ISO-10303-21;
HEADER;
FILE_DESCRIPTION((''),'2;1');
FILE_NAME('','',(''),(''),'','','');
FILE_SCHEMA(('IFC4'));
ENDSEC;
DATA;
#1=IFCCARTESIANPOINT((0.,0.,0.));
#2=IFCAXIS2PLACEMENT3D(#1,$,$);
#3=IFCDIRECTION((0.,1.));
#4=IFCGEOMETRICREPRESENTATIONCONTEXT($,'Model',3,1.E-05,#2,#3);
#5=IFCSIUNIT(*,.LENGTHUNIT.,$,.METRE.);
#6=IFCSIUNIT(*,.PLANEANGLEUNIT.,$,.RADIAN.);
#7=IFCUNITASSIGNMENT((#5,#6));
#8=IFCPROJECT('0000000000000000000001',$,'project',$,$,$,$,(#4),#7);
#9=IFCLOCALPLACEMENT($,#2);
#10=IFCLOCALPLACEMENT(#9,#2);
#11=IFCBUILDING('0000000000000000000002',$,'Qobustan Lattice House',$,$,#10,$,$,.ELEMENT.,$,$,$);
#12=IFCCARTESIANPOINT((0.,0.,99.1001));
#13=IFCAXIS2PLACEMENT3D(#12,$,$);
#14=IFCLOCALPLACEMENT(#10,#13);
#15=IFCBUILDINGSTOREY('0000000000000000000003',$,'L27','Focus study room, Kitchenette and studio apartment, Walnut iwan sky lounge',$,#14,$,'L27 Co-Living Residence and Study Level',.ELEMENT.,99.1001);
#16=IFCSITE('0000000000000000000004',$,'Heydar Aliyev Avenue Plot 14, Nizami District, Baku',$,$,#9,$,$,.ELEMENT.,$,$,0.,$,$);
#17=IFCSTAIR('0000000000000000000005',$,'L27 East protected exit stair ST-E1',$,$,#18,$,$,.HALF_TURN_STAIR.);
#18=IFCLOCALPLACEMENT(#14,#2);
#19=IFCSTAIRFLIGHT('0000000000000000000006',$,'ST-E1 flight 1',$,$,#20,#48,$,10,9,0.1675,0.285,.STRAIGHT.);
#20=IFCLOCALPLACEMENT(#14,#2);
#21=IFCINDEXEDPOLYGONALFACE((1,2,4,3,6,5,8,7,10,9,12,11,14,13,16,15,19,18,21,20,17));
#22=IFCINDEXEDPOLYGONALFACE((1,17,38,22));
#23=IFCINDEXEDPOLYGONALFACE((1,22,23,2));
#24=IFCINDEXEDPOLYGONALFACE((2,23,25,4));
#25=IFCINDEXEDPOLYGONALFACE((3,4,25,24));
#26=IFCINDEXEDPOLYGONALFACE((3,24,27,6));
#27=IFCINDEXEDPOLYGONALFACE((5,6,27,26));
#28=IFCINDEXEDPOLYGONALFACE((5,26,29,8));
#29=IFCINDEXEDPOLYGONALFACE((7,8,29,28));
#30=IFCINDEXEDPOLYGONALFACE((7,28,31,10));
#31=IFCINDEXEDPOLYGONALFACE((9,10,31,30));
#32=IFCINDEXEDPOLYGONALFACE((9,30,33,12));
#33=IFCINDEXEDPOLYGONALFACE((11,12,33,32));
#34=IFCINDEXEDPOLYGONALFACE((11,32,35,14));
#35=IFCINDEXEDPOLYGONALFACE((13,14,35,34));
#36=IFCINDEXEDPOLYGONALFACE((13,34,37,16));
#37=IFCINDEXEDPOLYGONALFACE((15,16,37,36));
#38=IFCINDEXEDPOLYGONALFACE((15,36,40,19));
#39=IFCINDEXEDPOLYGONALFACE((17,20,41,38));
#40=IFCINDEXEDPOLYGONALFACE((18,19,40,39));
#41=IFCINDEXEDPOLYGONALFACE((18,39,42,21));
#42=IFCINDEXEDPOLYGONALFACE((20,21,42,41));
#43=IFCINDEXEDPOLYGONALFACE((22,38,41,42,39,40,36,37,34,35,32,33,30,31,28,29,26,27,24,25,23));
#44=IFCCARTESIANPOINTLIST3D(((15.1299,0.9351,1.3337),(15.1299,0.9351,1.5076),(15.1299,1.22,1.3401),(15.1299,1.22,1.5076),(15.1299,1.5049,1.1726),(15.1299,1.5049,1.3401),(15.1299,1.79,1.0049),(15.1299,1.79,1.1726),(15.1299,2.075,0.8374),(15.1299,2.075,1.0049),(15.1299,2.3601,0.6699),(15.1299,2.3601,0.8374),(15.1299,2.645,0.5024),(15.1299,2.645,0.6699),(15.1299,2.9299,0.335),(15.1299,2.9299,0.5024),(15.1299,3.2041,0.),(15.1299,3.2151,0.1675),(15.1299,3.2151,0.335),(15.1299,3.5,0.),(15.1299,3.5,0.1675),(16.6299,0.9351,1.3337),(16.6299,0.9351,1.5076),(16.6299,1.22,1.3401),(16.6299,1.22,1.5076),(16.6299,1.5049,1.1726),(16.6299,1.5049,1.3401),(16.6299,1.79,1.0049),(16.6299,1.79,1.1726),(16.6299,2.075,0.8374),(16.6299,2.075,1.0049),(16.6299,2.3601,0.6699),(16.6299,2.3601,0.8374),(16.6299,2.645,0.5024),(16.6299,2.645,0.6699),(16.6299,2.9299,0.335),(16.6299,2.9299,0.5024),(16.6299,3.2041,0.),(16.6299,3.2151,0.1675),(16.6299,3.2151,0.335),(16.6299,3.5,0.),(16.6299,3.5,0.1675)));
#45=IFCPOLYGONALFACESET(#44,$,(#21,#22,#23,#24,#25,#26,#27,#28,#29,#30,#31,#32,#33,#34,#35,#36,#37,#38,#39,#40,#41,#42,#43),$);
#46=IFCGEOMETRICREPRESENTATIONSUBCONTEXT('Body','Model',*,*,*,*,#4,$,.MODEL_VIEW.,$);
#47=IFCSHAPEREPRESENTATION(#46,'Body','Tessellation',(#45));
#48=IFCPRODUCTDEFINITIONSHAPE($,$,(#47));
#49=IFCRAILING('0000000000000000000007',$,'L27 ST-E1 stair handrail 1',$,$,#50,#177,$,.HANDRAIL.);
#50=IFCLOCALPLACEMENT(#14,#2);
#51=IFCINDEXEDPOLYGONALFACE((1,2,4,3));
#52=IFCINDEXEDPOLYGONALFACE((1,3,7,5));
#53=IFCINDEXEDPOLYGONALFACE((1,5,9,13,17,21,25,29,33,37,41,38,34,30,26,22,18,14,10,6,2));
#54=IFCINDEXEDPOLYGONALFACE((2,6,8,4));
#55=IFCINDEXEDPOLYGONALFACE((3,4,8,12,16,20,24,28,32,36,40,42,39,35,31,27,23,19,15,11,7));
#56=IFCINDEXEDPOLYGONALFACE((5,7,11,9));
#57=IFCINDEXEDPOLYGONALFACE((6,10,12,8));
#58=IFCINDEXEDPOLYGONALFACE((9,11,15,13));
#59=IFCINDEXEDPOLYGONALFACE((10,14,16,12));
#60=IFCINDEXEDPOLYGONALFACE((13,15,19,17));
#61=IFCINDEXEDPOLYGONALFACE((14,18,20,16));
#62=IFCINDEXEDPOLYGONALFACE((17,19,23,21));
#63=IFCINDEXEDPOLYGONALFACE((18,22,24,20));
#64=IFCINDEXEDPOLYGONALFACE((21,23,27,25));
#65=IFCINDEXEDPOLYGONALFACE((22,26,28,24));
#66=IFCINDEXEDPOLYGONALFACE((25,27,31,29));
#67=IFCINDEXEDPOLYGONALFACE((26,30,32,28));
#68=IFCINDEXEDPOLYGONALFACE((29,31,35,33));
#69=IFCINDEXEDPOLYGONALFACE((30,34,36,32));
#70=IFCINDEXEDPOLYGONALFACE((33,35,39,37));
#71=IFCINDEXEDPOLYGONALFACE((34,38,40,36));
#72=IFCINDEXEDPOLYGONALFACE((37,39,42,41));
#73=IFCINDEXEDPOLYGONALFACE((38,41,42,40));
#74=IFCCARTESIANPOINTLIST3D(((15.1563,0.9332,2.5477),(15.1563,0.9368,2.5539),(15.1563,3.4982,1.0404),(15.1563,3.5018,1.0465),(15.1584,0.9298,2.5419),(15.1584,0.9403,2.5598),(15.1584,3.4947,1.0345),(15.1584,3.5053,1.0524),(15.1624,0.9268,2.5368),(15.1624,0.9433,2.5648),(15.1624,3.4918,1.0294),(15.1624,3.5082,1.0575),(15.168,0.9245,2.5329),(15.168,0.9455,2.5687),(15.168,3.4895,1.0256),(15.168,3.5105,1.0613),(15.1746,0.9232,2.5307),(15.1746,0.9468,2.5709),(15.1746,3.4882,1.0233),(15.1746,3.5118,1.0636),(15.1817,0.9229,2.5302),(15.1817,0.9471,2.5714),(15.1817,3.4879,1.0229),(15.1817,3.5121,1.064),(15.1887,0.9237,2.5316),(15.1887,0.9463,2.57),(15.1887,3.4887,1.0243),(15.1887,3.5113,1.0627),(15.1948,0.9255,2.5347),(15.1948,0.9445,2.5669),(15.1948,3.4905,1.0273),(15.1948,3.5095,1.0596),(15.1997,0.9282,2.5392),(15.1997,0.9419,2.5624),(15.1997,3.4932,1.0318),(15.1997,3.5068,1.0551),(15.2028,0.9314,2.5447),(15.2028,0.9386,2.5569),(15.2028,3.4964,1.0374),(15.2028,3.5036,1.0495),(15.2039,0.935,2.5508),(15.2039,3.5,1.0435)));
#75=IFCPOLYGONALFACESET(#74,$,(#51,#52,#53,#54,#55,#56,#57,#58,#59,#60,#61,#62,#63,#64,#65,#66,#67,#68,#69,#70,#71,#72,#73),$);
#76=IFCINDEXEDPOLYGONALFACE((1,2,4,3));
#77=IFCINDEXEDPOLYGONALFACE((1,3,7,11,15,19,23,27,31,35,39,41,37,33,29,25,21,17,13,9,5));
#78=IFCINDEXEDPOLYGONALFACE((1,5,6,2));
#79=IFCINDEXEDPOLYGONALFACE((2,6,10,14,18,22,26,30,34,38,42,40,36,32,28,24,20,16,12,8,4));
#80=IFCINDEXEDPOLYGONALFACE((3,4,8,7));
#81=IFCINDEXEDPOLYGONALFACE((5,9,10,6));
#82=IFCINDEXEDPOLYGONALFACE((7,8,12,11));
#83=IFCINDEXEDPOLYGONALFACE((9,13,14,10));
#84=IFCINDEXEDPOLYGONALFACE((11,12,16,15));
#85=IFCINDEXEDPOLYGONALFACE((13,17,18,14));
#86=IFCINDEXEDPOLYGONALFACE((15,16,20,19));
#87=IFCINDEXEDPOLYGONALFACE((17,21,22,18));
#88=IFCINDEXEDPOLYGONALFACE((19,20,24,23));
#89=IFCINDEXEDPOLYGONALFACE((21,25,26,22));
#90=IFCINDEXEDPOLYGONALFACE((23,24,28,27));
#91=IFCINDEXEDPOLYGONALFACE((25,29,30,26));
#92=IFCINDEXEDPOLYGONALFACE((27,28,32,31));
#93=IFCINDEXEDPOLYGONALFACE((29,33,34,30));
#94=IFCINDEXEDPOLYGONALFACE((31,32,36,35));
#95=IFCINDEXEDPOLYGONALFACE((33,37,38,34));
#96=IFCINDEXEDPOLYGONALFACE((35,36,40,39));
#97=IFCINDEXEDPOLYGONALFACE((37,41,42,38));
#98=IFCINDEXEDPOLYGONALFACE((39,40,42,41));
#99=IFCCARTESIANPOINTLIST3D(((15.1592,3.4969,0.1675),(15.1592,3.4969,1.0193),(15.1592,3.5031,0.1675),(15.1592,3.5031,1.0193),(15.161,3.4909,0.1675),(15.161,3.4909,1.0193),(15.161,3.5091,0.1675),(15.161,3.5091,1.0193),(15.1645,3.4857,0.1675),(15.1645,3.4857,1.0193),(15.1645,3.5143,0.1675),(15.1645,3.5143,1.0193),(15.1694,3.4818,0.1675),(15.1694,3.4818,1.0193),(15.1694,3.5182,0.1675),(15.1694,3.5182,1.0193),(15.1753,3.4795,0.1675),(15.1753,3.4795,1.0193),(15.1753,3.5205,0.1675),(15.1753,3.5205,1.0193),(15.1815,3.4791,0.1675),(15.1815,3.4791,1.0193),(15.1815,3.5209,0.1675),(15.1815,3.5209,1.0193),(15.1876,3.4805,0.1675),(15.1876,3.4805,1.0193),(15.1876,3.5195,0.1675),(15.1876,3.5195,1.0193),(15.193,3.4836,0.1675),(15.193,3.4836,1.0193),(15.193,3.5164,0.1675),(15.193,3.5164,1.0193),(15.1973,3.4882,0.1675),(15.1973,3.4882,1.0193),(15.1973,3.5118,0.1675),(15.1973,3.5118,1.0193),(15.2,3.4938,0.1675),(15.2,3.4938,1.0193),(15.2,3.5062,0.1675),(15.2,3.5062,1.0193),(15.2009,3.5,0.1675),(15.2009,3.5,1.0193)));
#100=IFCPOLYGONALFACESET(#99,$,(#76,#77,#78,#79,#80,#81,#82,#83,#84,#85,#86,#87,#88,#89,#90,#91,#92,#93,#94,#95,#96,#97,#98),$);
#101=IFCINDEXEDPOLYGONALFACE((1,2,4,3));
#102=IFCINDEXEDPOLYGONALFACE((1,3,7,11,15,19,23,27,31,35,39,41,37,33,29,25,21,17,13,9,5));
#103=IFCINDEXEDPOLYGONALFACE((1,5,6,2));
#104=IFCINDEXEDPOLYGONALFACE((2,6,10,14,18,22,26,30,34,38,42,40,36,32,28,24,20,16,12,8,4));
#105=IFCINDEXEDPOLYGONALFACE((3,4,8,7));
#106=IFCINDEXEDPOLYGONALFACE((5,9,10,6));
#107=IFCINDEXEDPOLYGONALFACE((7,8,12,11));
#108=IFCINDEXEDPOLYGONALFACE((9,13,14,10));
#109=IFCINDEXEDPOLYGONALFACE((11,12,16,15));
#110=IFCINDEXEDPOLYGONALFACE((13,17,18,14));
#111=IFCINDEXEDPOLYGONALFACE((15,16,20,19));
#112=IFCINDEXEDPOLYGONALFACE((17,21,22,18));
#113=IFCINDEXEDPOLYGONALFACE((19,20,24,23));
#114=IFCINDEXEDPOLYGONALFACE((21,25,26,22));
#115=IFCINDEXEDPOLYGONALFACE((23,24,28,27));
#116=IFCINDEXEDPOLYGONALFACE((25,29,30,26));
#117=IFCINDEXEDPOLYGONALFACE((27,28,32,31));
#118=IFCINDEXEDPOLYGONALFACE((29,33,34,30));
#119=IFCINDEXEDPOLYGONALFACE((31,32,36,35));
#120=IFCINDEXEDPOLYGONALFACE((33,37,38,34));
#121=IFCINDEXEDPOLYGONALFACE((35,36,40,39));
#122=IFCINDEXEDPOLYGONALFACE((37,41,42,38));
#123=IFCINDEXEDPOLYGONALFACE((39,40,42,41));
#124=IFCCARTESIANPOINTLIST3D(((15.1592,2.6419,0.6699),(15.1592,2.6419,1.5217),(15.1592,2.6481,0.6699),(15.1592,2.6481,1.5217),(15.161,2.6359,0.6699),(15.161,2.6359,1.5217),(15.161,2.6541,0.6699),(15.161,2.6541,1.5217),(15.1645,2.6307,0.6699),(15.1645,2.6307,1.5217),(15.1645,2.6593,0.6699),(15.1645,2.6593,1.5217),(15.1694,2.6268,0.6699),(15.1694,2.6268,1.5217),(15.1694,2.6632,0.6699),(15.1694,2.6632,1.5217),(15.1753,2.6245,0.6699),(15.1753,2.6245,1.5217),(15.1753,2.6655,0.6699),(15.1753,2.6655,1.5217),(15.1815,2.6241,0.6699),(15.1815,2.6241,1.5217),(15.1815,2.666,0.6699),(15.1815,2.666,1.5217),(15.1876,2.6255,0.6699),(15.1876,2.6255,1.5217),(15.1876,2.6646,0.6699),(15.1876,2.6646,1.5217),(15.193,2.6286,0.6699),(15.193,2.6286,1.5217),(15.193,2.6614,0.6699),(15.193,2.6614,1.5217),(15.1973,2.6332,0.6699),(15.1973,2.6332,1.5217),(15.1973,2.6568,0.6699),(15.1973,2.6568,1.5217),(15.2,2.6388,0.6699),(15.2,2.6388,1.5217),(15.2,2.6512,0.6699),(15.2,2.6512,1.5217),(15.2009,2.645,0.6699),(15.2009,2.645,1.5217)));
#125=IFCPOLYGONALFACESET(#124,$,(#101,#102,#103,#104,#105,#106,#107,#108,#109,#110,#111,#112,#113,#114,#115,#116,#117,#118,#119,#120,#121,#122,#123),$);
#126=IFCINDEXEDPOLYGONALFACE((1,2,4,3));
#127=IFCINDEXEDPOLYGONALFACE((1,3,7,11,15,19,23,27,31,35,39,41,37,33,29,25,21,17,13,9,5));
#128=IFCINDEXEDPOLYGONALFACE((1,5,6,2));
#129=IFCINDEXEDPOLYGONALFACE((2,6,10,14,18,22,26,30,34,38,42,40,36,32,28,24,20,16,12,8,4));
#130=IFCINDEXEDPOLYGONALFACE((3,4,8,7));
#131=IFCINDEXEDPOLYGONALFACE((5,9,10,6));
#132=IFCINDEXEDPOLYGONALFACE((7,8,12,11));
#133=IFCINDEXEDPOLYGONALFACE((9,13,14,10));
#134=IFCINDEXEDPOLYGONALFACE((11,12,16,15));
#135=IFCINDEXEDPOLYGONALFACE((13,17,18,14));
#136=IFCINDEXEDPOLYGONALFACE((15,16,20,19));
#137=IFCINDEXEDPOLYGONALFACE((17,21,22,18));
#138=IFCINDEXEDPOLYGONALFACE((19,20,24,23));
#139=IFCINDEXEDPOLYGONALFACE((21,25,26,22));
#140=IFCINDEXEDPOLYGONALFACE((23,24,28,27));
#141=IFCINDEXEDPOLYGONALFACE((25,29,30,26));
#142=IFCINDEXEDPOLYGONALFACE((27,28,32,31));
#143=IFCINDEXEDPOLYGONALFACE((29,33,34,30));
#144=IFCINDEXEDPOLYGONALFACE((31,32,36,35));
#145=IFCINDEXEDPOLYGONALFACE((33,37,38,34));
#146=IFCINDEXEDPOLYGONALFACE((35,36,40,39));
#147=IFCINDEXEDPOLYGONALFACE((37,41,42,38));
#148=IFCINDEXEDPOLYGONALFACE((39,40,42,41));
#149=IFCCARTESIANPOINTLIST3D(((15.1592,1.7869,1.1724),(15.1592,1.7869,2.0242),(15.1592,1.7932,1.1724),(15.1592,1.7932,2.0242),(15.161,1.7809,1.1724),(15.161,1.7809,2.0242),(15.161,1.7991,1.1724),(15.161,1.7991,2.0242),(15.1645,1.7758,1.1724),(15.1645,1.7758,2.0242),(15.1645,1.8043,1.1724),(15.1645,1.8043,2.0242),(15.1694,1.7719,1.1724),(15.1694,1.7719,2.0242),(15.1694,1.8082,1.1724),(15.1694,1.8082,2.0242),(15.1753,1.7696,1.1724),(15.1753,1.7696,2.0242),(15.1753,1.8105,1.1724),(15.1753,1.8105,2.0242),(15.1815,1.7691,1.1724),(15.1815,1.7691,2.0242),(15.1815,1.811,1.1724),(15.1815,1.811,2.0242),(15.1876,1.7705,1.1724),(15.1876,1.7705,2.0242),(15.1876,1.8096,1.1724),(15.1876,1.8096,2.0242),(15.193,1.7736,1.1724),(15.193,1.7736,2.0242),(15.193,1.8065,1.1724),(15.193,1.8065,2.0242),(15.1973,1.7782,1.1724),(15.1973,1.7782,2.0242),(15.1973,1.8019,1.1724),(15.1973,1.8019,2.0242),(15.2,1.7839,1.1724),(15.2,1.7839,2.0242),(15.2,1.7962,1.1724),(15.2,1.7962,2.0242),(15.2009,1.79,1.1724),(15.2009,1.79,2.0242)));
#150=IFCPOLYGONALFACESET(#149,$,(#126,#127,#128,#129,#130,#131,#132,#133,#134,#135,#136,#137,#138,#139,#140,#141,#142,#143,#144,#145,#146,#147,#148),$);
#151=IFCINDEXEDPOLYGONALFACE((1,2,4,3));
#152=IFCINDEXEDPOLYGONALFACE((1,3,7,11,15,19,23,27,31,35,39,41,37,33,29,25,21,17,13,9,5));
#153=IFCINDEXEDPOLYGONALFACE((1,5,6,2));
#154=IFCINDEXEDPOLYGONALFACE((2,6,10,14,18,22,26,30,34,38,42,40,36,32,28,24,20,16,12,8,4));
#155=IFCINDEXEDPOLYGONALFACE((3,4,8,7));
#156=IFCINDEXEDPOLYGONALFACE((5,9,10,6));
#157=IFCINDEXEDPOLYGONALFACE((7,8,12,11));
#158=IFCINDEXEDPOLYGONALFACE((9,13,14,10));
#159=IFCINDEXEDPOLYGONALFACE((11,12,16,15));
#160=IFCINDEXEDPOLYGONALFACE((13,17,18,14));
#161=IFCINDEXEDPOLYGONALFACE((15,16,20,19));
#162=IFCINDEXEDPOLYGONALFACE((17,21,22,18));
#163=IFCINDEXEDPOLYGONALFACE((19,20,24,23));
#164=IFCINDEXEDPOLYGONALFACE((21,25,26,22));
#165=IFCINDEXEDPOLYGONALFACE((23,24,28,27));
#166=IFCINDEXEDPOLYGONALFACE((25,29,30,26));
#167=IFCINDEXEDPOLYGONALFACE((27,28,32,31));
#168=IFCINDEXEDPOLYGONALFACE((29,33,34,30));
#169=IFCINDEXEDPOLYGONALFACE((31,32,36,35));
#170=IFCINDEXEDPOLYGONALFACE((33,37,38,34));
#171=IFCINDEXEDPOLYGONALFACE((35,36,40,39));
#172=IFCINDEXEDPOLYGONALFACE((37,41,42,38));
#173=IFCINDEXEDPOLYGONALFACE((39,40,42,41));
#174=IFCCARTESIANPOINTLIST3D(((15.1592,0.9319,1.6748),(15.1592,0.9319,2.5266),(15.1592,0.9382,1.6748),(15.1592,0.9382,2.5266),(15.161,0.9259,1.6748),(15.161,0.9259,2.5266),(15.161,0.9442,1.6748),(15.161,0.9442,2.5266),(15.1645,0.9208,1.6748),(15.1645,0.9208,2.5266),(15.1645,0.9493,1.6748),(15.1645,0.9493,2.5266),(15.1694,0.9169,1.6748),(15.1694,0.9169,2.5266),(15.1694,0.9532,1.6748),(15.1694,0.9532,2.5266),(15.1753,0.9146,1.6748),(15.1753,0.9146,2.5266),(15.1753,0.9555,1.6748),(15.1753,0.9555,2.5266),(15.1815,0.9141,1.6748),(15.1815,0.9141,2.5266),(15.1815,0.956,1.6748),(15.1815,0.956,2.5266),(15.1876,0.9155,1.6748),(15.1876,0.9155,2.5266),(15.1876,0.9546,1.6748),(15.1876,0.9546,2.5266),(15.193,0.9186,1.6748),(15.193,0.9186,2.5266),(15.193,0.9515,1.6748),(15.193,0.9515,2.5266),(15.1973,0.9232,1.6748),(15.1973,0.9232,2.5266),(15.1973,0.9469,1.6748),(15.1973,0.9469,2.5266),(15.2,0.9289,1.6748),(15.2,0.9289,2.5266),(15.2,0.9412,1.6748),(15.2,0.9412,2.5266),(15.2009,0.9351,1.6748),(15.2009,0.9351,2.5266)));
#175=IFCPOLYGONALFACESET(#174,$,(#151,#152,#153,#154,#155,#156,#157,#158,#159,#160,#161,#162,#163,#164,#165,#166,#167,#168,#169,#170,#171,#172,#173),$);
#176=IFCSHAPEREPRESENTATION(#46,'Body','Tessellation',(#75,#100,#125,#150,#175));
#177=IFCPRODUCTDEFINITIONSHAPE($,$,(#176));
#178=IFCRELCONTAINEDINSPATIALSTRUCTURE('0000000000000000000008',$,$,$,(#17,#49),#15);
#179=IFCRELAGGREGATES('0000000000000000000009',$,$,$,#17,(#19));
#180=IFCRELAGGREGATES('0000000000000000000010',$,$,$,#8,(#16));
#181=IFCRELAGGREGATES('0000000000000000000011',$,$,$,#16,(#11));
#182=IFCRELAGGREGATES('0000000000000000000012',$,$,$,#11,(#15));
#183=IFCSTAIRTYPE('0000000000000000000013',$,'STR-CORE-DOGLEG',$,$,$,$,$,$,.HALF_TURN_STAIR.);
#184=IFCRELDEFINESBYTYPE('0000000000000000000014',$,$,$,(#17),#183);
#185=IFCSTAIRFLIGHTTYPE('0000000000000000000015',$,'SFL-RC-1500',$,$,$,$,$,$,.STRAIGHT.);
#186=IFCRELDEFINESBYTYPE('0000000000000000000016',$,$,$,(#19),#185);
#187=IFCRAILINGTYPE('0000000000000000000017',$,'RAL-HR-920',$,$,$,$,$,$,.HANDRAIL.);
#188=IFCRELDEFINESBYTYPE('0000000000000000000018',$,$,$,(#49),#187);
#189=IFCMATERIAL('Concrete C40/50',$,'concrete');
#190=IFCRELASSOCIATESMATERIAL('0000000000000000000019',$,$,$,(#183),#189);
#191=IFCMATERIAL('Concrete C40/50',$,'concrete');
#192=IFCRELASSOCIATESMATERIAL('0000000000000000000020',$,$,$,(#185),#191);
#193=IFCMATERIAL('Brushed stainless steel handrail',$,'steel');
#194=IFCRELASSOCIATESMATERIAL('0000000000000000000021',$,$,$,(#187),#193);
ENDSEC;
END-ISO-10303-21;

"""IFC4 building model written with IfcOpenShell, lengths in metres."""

from ifc_helpers import new_model, si_unit, direction, frame, origin, origin_2d, place, context, subcontext, project, spatial, polyline, circle, outline, extrude, material, type_object, element, aggregate, save


model = new_model("IFC4")

# Units and contexts
model_context = context("Model", 3, precision=1e-05, world=origin(), true_north=direction((0.0, 1.0)))
body_context = subcontext(model_context, "Body", "Model", "MODEL_VIEW")
ifc_project = project(units=[si_unit("LENGTHUNIT", "METRE"), si_unit("PLANEANGLEUNIT", "RADIAN")], contexts=[model_context])

# Site, building, storey
site_placement = place(None, origin())
site = spatial("IfcSite", under=ifc_project, at=site_placement, Name="Heydar Aliyev Avenue Plot 14, Nizami District, Baku", CompositionType="ELEMENT", RefElevation=0.0)
building_placement = place(site_placement, origin())
building = spatial("IfcBuilding", under=site, at=building_placement, Name="Qobustan Lattice House", CompositionType="ELEMENT")
storey_placement = place(building_placement, frame((0.0, 0.0, 99.1001)))
storey = spatial("IfcBuildingStorey", under=building, at=storey_placement, Name="L27", Description="Focus study room, Kitchenette and studio apartment, Walnut iwan sky lounge", LongName="L27 Co-Living Residence and Study Level", CompositionType="ELEMENT", Elevation=99.1001)

# Stair, stair flight
ifc_material_1 = material(Name="Concrete C40/50", Category="concrete")
stair_type = type_object("IfcStairType", Name="STR-CORE-DOGLEG", PredefinedType="HALF_TURN_STAIR", material=ifc_material_1)
stair_placement = place(storey_placement, origin())
stair = element("IfcStair", 1, at=stair_placement, inside=storey, type_object=stair_type, Name="L27 East protected exit stair ST-E1", PredefinedType="HALF_TURN_STAIR")
ifc_material_2 = material(Name="Concrete C40/50", Category="concrete")
stair_flight_type = type_object("IfcStairFlightType", Name="SFL-RC-1500", PredefinedType="STRAIGHT", material=ifc_material_2)
stair_flight_placement = place(storey_placement, frame((15.8799, 3.5, 0.0), z_axis=(0.0, 0.0, 1.0), x_axis=(0.0, -1.0, 0.0)))
stair_flight = element("IfcStairFlight", 2, at=stair_flight_placement, type_object=stair_flight_type, Name="ST-E1 flight 1", NumberOfRisers=10, NumberOfTreads=9, PredefinedType="STRAIGHT", RiserHeight=0.1675, TreadLength=0.285, context=body_context, shape_type="SweptSolid", body=[
    extrude(outline(polyline([(0.0, 0.0), (0.0, 0.1675), (0.2849, 0.1675), (0.2849, 0.335), (0.5701, 0.335), (0.5701, 0.5024), (0.855, 0.5024), (0.855, 0.6699), (1.1399, 0.6699), (1.1399, 0.8374), (1.425, 0.8374), (1.425, 1.0049), (1.71, 1.0049), (1.71, 1.1726), (1.9951, 1.1726), (1.9951, 1.3401), (2.28, 1.3401), (2.28, 1.5076), (2.5649, 1.5076), (2.5649, 1.675), (2.5649, 1.3337), (0.2959, 0.0), (0.0, 0.0)])), frame((0.0, 0.75, 0.0), z_axis=(0.0, -1.0, 0.0), x_axis=(1.0, 0.0, 0.0)), (0.0, 0.0, 1.0), 1.5),
])
aggregate(stair, [stair_flight])

# Railing
ifc_material_3 = material(Name="Brushed stainless steel handrail", Category="steel")
railing_type_1 = type_object("IfcRailingType", Name="RAL-HR-920", PredefinedType="HANDRAIL", material=ifc_material_3)
railing_1_placement = place(storey_placement, frame((15.1799, 3.5, 0.1675)))
element("IfcRailing", 3, at=railing_1_placement, inside=storey, type_object=railing_type_1, Name="L27 ST-E1 stair handrail 1", PredefinedType="HANDRAIL", context=body_context, shape_type="SweptSolid", body=[
    extrude(circle(Radius=0.0239, at=origin_2d()), frame((0.0, 0.0, 0.876), z_axis=(0.0, -0.862149, 0.506654), x_axis=(1.0, 0.0, 0.0)), (0.0, 0.0, 1.0), 2.9751),
    extrude(circle(Radius=0.021, at=origin_2d()), origin(), (0.0, 0.0, 1.0), 0.8518),
    extrude(circle(Radius=0.021, at=origin_2d()), frame((0.0, -0.855, 0.5024)), (0.0, 0.0, 1.0), 0.8518),
    extrude(circle(Radius=0.021, at=origin_2d()), frame((0.0, -1.71, 1.0049)), (0.0, 0.0, 1.0), 0.8518),
    extrude(circle(Radius=0.021, at=origin_2d()), frame((0.0, -2.5649, 1.5073)), (0.0, 0.0, 1.0), 0.8518),
])

save(model, "model.ifc")
